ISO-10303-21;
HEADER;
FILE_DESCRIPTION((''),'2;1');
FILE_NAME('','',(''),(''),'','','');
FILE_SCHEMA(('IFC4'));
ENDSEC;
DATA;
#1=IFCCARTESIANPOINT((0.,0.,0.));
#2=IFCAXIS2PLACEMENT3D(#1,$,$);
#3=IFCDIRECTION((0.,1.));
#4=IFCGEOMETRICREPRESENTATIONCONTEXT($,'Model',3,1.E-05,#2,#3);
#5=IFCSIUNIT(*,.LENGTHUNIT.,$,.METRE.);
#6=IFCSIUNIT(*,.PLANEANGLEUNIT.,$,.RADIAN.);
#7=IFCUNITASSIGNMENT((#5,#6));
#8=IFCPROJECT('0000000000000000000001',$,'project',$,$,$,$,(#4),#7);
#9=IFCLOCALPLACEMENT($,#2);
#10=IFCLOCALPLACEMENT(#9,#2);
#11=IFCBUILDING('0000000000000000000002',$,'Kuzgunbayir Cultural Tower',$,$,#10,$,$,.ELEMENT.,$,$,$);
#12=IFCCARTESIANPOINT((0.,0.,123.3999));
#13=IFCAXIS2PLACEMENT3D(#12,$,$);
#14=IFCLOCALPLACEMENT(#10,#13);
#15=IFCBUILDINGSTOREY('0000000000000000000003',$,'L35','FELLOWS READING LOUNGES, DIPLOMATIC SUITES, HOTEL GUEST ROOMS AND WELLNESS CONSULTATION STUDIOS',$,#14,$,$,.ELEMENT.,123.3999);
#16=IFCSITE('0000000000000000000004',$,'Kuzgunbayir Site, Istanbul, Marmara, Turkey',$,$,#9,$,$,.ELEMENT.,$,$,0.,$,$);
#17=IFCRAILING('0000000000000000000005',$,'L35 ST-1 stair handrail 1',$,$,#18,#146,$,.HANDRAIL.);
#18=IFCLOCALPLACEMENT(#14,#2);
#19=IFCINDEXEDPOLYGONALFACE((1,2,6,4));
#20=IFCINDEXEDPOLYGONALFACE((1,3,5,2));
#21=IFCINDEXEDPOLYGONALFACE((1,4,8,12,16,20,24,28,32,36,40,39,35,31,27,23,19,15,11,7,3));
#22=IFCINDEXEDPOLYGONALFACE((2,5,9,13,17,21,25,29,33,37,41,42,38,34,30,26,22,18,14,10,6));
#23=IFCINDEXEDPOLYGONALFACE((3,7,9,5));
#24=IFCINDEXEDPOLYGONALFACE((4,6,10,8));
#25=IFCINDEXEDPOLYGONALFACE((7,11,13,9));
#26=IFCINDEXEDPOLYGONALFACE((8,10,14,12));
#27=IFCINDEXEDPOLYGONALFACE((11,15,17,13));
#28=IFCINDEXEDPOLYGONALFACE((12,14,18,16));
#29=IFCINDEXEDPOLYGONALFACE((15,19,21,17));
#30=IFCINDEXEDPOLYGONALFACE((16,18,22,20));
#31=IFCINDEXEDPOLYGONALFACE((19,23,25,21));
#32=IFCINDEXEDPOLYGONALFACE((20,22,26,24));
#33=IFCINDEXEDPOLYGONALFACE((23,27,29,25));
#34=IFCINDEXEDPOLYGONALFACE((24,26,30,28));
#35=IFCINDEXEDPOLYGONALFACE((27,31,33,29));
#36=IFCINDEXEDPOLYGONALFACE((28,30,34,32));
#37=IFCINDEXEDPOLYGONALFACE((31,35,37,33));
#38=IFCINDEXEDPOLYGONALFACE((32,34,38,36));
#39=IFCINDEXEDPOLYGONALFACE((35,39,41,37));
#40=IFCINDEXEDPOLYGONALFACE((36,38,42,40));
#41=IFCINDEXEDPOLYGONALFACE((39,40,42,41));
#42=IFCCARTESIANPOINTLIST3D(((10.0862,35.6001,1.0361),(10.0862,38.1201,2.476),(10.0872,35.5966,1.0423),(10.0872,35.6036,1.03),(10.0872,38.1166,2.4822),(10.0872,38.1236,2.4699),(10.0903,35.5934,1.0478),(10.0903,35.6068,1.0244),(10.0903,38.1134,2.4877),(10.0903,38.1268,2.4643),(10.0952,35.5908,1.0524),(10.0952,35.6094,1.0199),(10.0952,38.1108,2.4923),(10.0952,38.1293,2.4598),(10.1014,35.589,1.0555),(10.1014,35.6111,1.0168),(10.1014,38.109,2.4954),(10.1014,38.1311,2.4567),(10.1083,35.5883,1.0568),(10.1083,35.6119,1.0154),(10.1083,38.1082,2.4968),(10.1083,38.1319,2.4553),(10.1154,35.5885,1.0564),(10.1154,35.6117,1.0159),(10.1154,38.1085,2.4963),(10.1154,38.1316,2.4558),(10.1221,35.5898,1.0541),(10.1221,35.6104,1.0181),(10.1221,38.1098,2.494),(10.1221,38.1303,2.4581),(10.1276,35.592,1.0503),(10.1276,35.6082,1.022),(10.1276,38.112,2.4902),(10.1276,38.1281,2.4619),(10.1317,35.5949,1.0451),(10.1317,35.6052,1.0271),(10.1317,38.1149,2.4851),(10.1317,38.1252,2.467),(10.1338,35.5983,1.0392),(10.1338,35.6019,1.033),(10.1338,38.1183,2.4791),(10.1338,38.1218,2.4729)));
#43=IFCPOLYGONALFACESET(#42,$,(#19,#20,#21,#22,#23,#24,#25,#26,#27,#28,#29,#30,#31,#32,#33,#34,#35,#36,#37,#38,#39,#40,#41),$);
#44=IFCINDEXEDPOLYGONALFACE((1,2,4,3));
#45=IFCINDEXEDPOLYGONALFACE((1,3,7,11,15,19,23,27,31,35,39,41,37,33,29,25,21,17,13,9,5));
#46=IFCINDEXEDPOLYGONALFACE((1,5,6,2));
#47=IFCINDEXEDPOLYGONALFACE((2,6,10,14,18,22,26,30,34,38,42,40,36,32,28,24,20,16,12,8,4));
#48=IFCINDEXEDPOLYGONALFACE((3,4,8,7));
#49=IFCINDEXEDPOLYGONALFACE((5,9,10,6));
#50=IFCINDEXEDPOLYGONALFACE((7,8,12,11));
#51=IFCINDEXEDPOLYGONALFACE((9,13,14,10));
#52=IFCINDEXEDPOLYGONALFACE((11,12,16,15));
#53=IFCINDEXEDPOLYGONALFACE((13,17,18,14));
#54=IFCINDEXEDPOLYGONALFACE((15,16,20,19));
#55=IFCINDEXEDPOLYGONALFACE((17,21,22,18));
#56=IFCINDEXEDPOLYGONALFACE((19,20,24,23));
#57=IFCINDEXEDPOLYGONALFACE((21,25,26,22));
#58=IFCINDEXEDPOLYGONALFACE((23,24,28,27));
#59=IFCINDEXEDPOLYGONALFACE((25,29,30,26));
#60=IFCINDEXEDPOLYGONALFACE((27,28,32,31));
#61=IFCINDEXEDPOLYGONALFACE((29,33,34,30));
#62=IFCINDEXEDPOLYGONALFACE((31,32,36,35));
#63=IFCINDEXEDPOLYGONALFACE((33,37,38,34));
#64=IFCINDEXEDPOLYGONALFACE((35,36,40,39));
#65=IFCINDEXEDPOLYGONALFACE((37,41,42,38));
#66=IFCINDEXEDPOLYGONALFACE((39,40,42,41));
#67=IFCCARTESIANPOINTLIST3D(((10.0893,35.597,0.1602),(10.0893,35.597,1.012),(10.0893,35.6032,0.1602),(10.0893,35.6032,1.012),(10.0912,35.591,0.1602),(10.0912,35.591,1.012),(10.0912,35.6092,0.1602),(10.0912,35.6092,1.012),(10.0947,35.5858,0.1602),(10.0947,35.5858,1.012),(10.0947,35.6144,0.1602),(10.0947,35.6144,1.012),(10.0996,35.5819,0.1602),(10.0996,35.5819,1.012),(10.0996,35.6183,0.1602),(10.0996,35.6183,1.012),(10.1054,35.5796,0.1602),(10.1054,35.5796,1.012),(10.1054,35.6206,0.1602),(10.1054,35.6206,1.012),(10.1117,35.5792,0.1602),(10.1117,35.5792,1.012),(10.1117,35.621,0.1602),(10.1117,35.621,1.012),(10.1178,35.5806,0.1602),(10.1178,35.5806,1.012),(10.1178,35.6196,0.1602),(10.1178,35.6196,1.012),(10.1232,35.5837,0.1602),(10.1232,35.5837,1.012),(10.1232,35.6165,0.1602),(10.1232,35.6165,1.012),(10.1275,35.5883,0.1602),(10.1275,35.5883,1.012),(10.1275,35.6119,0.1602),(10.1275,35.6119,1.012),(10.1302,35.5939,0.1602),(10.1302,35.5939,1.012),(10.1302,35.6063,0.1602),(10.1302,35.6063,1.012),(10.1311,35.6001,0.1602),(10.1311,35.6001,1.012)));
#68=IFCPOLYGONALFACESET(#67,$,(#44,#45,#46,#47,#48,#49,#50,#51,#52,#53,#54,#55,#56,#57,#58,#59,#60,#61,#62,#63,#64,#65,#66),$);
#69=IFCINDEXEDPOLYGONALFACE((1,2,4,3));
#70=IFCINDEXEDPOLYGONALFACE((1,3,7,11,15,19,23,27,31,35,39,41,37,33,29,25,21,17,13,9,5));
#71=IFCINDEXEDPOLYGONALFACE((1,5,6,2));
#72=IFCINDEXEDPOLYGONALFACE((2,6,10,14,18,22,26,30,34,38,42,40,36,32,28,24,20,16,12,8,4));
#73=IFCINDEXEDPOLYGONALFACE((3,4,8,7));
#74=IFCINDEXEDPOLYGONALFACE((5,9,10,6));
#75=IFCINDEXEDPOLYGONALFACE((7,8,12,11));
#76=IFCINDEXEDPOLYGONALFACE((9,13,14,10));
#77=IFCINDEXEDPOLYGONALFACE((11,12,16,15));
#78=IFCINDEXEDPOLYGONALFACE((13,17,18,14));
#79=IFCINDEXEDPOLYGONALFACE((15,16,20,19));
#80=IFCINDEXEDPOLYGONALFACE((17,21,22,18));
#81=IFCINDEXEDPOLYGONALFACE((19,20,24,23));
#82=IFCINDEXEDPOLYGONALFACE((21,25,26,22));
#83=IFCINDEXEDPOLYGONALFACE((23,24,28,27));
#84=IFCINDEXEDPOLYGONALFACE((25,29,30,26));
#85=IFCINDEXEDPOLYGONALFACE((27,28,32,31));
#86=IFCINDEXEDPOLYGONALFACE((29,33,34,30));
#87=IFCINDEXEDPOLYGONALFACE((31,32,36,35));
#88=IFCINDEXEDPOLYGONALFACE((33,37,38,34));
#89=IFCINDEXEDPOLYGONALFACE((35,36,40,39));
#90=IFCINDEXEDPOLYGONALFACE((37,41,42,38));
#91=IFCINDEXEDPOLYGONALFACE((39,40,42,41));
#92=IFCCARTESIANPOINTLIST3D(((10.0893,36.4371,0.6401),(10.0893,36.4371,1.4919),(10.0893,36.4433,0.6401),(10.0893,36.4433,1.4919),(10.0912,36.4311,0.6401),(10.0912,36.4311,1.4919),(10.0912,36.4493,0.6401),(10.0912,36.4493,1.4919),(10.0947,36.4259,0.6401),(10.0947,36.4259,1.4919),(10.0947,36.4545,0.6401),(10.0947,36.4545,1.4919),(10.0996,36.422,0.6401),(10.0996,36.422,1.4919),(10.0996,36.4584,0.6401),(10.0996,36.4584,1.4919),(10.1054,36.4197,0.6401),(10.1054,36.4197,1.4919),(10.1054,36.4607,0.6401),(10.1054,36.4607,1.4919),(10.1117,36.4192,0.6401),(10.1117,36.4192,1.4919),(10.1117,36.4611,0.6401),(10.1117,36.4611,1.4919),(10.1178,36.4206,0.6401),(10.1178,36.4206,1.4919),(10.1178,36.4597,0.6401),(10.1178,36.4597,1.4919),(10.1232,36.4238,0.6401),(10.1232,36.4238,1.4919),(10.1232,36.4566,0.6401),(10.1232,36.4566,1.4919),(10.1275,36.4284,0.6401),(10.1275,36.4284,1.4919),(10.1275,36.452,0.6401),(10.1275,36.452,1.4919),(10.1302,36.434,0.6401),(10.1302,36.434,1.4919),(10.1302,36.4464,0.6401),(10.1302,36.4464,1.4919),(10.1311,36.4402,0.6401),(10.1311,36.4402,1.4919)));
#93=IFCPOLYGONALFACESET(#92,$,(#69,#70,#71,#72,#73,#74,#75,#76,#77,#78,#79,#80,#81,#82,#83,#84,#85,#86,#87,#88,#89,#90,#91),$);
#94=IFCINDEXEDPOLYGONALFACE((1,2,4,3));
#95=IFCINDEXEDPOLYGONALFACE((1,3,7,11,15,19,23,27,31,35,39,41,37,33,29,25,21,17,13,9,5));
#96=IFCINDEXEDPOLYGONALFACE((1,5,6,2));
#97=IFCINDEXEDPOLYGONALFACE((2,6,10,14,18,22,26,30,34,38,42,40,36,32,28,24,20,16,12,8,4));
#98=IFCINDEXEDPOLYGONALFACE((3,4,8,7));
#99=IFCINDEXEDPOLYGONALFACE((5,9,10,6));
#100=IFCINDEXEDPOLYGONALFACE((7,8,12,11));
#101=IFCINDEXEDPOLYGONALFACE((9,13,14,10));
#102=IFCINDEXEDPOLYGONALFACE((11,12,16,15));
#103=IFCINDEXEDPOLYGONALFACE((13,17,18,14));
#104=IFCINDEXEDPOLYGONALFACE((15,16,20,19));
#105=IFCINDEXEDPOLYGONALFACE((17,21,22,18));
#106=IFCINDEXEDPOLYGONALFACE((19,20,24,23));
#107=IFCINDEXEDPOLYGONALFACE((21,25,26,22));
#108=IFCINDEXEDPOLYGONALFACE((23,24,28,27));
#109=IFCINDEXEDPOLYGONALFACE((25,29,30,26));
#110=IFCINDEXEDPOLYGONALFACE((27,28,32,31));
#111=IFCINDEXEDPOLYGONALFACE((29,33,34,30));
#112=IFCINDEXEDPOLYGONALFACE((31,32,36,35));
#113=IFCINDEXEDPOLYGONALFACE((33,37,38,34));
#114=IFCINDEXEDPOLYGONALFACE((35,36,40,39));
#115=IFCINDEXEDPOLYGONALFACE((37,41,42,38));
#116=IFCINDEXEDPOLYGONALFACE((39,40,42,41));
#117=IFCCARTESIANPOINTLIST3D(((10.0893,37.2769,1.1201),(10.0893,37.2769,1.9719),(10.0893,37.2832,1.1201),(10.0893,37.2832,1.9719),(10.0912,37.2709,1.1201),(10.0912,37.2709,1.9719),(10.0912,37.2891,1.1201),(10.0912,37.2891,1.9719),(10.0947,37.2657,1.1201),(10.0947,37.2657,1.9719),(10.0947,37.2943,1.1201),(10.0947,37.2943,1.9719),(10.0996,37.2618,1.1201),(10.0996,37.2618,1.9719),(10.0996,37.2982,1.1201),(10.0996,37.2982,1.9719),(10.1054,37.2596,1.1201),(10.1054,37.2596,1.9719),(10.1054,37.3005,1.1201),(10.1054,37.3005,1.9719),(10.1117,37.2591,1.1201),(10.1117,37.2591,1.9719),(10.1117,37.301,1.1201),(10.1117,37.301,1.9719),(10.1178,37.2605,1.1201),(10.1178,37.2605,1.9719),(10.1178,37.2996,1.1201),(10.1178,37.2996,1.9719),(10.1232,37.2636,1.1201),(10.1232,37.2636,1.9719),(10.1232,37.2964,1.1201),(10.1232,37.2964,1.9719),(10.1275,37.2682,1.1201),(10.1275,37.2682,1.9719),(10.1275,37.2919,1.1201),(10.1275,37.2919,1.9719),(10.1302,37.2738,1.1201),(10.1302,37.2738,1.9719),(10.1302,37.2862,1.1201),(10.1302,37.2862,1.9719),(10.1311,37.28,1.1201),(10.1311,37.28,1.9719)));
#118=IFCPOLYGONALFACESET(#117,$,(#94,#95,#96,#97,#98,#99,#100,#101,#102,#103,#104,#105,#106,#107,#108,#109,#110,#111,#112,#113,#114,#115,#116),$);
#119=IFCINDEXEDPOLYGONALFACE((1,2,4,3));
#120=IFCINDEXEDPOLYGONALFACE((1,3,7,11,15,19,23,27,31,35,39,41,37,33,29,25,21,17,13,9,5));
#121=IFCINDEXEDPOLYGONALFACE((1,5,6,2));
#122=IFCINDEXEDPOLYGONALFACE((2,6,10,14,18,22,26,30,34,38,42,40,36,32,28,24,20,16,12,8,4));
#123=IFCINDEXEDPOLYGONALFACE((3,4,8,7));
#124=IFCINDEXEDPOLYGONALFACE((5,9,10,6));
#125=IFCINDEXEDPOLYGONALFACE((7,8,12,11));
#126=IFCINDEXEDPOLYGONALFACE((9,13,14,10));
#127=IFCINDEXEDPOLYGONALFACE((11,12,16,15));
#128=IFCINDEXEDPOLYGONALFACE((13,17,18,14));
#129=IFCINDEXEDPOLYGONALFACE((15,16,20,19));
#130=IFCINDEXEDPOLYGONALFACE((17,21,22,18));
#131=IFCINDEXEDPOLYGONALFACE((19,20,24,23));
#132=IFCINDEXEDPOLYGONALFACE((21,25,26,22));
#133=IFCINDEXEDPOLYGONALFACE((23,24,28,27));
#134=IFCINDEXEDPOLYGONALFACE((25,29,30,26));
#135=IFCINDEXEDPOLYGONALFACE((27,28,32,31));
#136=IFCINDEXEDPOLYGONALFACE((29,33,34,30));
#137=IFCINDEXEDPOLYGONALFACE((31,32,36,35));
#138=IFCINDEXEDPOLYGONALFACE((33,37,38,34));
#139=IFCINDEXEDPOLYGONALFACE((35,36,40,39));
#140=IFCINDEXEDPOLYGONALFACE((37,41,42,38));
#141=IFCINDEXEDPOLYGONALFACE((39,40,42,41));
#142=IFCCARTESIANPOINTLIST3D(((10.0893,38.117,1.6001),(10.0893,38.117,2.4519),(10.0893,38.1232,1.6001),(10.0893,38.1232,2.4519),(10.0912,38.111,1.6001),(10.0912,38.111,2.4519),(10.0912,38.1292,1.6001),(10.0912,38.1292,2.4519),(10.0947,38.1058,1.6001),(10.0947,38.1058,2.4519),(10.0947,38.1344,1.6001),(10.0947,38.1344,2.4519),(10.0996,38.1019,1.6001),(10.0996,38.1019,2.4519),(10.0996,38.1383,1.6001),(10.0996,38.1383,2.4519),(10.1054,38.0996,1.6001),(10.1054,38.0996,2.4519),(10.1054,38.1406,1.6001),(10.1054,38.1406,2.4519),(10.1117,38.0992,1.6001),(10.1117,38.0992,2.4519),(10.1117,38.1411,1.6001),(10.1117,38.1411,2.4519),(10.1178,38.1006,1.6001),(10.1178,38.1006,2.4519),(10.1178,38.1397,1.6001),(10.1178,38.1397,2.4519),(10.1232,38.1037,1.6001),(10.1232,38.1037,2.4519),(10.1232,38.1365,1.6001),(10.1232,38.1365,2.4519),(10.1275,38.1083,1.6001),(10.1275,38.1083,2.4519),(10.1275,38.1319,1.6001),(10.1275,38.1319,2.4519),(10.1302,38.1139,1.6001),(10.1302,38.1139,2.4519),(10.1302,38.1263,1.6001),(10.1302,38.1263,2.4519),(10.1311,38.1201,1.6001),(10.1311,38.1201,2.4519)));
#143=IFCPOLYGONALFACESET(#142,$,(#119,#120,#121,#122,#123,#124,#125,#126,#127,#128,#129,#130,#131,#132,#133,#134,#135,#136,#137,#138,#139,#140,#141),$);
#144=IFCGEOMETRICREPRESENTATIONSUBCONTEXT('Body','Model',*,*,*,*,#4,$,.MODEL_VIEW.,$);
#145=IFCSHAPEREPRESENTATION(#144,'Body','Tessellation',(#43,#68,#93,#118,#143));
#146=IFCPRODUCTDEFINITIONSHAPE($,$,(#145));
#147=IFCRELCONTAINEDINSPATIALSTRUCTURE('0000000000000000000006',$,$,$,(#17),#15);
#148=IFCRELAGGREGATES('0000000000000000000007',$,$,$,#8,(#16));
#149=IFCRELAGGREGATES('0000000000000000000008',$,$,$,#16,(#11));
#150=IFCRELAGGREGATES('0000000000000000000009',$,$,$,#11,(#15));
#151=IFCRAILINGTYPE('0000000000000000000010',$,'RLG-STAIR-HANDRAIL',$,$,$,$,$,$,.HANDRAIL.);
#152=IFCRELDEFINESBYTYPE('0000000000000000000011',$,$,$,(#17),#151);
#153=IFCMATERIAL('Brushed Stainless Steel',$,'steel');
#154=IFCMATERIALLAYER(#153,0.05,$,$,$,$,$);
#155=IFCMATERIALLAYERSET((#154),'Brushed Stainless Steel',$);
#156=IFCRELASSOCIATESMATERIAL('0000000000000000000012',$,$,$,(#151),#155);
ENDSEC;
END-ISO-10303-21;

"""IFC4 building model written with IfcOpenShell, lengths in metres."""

from ifc_helpers import new_model, si_unit, direction, frame, origin, origin_2d, place, context, subcontext, project, spatial, circle, extrude, material, layer, layer_set, type_object, element, save


model = new_model("IFC4")

# Units and contexts
model_context = context("Model", 3, precision=1e-05, world=origin(), true_north=direction((0.0, 1.0)))
body_context = subcontext(model_context, "Body", "Model", "MODEL_VIEW")
ifc_project = project(units=[si_unit("LENGTHUNIT", "METRE"), si_unit("PLANEANGLEUNIT", "RADIAN")], contexts=[model_context])

# Site, building, storey
site_placement = place(None, origin())
site = spatial("IfcSite", under=ifc_project, at=site_placement, Name="Kuzgunbayir Site, Istanbul, Marmara, Turkey", CompositionType="ELEMENT", RefElevation=0.0)
building_placement = place(site_placement, origin())
building = spatial("IfcBuilding", under=site, at=building_placement, Name="Kuzgunbayir Cultural Tower", CompositionType="ELEMENT")
storey_placement = place(building_placement, frame((0.0, 0.0, 123.3999)))
storey = spatial("IfcBuildingStorey", under=building, at=storey_placement, Name="L35", Description="FELLOWS READING LOUNGES, DIPLOMATIC SUITES, HOTEL GUEST ROOMS AND WELLNESS CONSULTATION STUDIOS", CompositionType="ELEMENT", Elevation=123.3999)

# Shared definitions
ifc_material_1 = material(Name="Brushed Stainless Steel", Category="steel")

# Railing
ifc_layer_1 = layer(ifc_material_1, 0.05)
ifc_layer_set_1 = layer_set([ifc_layer_1], Name="Brushed Stainless Steel")
railing_type = type_object("IfcRailingType", Name="RLG-STAIR-HANDRAIL", PredefinedType="HANDRAIL", material=ifc_layer_set_1)
railing_placement = place(storey_placement, frame((10.1101, 35.6001, 0.1602)))
element("IfcRailing", 1, at=railing_placement, inside=storey, type_object=railing_type, Name="L35 ST-1 stair handrail 1", PredefinedType="HANDRAIL", context=body_context, shape_type="SweptSolid", body=[
    extrude(circle(Radius=0.0239, at=origin_2d()), frame((0.0, 0.0, 0.876), z_axis=(0.0, 0.868253, 0.496121), x_axis=(-1.0, 0.0, 0.0)), (0.0, 0.0, 1.0), 2.9023),
    extrude(circle(Radius=0.021, at=origin_2d()), origin(), (0.0, 0.0, 1.0), 0.8518),
    extrude(circle(Radius=0.021, at=origin_2d()), frame((0.0, 0.8401, 0.48)), (0.0, 0.0, 1.0), 0.8518),
    extrude(circle(Radius=0.021, at=origin_2d()), frame((0.0, 1.6799, 0.96)), (0.0, 0.0, 1.0), 0.8518),
    extrude(circle(Radius=0.021, at=origin_2d()), frame((0.0, 2.52, 1.4399)), (0.0, 0.0, 1.0), 0.8518),
])

save(model, "model.ifc")
